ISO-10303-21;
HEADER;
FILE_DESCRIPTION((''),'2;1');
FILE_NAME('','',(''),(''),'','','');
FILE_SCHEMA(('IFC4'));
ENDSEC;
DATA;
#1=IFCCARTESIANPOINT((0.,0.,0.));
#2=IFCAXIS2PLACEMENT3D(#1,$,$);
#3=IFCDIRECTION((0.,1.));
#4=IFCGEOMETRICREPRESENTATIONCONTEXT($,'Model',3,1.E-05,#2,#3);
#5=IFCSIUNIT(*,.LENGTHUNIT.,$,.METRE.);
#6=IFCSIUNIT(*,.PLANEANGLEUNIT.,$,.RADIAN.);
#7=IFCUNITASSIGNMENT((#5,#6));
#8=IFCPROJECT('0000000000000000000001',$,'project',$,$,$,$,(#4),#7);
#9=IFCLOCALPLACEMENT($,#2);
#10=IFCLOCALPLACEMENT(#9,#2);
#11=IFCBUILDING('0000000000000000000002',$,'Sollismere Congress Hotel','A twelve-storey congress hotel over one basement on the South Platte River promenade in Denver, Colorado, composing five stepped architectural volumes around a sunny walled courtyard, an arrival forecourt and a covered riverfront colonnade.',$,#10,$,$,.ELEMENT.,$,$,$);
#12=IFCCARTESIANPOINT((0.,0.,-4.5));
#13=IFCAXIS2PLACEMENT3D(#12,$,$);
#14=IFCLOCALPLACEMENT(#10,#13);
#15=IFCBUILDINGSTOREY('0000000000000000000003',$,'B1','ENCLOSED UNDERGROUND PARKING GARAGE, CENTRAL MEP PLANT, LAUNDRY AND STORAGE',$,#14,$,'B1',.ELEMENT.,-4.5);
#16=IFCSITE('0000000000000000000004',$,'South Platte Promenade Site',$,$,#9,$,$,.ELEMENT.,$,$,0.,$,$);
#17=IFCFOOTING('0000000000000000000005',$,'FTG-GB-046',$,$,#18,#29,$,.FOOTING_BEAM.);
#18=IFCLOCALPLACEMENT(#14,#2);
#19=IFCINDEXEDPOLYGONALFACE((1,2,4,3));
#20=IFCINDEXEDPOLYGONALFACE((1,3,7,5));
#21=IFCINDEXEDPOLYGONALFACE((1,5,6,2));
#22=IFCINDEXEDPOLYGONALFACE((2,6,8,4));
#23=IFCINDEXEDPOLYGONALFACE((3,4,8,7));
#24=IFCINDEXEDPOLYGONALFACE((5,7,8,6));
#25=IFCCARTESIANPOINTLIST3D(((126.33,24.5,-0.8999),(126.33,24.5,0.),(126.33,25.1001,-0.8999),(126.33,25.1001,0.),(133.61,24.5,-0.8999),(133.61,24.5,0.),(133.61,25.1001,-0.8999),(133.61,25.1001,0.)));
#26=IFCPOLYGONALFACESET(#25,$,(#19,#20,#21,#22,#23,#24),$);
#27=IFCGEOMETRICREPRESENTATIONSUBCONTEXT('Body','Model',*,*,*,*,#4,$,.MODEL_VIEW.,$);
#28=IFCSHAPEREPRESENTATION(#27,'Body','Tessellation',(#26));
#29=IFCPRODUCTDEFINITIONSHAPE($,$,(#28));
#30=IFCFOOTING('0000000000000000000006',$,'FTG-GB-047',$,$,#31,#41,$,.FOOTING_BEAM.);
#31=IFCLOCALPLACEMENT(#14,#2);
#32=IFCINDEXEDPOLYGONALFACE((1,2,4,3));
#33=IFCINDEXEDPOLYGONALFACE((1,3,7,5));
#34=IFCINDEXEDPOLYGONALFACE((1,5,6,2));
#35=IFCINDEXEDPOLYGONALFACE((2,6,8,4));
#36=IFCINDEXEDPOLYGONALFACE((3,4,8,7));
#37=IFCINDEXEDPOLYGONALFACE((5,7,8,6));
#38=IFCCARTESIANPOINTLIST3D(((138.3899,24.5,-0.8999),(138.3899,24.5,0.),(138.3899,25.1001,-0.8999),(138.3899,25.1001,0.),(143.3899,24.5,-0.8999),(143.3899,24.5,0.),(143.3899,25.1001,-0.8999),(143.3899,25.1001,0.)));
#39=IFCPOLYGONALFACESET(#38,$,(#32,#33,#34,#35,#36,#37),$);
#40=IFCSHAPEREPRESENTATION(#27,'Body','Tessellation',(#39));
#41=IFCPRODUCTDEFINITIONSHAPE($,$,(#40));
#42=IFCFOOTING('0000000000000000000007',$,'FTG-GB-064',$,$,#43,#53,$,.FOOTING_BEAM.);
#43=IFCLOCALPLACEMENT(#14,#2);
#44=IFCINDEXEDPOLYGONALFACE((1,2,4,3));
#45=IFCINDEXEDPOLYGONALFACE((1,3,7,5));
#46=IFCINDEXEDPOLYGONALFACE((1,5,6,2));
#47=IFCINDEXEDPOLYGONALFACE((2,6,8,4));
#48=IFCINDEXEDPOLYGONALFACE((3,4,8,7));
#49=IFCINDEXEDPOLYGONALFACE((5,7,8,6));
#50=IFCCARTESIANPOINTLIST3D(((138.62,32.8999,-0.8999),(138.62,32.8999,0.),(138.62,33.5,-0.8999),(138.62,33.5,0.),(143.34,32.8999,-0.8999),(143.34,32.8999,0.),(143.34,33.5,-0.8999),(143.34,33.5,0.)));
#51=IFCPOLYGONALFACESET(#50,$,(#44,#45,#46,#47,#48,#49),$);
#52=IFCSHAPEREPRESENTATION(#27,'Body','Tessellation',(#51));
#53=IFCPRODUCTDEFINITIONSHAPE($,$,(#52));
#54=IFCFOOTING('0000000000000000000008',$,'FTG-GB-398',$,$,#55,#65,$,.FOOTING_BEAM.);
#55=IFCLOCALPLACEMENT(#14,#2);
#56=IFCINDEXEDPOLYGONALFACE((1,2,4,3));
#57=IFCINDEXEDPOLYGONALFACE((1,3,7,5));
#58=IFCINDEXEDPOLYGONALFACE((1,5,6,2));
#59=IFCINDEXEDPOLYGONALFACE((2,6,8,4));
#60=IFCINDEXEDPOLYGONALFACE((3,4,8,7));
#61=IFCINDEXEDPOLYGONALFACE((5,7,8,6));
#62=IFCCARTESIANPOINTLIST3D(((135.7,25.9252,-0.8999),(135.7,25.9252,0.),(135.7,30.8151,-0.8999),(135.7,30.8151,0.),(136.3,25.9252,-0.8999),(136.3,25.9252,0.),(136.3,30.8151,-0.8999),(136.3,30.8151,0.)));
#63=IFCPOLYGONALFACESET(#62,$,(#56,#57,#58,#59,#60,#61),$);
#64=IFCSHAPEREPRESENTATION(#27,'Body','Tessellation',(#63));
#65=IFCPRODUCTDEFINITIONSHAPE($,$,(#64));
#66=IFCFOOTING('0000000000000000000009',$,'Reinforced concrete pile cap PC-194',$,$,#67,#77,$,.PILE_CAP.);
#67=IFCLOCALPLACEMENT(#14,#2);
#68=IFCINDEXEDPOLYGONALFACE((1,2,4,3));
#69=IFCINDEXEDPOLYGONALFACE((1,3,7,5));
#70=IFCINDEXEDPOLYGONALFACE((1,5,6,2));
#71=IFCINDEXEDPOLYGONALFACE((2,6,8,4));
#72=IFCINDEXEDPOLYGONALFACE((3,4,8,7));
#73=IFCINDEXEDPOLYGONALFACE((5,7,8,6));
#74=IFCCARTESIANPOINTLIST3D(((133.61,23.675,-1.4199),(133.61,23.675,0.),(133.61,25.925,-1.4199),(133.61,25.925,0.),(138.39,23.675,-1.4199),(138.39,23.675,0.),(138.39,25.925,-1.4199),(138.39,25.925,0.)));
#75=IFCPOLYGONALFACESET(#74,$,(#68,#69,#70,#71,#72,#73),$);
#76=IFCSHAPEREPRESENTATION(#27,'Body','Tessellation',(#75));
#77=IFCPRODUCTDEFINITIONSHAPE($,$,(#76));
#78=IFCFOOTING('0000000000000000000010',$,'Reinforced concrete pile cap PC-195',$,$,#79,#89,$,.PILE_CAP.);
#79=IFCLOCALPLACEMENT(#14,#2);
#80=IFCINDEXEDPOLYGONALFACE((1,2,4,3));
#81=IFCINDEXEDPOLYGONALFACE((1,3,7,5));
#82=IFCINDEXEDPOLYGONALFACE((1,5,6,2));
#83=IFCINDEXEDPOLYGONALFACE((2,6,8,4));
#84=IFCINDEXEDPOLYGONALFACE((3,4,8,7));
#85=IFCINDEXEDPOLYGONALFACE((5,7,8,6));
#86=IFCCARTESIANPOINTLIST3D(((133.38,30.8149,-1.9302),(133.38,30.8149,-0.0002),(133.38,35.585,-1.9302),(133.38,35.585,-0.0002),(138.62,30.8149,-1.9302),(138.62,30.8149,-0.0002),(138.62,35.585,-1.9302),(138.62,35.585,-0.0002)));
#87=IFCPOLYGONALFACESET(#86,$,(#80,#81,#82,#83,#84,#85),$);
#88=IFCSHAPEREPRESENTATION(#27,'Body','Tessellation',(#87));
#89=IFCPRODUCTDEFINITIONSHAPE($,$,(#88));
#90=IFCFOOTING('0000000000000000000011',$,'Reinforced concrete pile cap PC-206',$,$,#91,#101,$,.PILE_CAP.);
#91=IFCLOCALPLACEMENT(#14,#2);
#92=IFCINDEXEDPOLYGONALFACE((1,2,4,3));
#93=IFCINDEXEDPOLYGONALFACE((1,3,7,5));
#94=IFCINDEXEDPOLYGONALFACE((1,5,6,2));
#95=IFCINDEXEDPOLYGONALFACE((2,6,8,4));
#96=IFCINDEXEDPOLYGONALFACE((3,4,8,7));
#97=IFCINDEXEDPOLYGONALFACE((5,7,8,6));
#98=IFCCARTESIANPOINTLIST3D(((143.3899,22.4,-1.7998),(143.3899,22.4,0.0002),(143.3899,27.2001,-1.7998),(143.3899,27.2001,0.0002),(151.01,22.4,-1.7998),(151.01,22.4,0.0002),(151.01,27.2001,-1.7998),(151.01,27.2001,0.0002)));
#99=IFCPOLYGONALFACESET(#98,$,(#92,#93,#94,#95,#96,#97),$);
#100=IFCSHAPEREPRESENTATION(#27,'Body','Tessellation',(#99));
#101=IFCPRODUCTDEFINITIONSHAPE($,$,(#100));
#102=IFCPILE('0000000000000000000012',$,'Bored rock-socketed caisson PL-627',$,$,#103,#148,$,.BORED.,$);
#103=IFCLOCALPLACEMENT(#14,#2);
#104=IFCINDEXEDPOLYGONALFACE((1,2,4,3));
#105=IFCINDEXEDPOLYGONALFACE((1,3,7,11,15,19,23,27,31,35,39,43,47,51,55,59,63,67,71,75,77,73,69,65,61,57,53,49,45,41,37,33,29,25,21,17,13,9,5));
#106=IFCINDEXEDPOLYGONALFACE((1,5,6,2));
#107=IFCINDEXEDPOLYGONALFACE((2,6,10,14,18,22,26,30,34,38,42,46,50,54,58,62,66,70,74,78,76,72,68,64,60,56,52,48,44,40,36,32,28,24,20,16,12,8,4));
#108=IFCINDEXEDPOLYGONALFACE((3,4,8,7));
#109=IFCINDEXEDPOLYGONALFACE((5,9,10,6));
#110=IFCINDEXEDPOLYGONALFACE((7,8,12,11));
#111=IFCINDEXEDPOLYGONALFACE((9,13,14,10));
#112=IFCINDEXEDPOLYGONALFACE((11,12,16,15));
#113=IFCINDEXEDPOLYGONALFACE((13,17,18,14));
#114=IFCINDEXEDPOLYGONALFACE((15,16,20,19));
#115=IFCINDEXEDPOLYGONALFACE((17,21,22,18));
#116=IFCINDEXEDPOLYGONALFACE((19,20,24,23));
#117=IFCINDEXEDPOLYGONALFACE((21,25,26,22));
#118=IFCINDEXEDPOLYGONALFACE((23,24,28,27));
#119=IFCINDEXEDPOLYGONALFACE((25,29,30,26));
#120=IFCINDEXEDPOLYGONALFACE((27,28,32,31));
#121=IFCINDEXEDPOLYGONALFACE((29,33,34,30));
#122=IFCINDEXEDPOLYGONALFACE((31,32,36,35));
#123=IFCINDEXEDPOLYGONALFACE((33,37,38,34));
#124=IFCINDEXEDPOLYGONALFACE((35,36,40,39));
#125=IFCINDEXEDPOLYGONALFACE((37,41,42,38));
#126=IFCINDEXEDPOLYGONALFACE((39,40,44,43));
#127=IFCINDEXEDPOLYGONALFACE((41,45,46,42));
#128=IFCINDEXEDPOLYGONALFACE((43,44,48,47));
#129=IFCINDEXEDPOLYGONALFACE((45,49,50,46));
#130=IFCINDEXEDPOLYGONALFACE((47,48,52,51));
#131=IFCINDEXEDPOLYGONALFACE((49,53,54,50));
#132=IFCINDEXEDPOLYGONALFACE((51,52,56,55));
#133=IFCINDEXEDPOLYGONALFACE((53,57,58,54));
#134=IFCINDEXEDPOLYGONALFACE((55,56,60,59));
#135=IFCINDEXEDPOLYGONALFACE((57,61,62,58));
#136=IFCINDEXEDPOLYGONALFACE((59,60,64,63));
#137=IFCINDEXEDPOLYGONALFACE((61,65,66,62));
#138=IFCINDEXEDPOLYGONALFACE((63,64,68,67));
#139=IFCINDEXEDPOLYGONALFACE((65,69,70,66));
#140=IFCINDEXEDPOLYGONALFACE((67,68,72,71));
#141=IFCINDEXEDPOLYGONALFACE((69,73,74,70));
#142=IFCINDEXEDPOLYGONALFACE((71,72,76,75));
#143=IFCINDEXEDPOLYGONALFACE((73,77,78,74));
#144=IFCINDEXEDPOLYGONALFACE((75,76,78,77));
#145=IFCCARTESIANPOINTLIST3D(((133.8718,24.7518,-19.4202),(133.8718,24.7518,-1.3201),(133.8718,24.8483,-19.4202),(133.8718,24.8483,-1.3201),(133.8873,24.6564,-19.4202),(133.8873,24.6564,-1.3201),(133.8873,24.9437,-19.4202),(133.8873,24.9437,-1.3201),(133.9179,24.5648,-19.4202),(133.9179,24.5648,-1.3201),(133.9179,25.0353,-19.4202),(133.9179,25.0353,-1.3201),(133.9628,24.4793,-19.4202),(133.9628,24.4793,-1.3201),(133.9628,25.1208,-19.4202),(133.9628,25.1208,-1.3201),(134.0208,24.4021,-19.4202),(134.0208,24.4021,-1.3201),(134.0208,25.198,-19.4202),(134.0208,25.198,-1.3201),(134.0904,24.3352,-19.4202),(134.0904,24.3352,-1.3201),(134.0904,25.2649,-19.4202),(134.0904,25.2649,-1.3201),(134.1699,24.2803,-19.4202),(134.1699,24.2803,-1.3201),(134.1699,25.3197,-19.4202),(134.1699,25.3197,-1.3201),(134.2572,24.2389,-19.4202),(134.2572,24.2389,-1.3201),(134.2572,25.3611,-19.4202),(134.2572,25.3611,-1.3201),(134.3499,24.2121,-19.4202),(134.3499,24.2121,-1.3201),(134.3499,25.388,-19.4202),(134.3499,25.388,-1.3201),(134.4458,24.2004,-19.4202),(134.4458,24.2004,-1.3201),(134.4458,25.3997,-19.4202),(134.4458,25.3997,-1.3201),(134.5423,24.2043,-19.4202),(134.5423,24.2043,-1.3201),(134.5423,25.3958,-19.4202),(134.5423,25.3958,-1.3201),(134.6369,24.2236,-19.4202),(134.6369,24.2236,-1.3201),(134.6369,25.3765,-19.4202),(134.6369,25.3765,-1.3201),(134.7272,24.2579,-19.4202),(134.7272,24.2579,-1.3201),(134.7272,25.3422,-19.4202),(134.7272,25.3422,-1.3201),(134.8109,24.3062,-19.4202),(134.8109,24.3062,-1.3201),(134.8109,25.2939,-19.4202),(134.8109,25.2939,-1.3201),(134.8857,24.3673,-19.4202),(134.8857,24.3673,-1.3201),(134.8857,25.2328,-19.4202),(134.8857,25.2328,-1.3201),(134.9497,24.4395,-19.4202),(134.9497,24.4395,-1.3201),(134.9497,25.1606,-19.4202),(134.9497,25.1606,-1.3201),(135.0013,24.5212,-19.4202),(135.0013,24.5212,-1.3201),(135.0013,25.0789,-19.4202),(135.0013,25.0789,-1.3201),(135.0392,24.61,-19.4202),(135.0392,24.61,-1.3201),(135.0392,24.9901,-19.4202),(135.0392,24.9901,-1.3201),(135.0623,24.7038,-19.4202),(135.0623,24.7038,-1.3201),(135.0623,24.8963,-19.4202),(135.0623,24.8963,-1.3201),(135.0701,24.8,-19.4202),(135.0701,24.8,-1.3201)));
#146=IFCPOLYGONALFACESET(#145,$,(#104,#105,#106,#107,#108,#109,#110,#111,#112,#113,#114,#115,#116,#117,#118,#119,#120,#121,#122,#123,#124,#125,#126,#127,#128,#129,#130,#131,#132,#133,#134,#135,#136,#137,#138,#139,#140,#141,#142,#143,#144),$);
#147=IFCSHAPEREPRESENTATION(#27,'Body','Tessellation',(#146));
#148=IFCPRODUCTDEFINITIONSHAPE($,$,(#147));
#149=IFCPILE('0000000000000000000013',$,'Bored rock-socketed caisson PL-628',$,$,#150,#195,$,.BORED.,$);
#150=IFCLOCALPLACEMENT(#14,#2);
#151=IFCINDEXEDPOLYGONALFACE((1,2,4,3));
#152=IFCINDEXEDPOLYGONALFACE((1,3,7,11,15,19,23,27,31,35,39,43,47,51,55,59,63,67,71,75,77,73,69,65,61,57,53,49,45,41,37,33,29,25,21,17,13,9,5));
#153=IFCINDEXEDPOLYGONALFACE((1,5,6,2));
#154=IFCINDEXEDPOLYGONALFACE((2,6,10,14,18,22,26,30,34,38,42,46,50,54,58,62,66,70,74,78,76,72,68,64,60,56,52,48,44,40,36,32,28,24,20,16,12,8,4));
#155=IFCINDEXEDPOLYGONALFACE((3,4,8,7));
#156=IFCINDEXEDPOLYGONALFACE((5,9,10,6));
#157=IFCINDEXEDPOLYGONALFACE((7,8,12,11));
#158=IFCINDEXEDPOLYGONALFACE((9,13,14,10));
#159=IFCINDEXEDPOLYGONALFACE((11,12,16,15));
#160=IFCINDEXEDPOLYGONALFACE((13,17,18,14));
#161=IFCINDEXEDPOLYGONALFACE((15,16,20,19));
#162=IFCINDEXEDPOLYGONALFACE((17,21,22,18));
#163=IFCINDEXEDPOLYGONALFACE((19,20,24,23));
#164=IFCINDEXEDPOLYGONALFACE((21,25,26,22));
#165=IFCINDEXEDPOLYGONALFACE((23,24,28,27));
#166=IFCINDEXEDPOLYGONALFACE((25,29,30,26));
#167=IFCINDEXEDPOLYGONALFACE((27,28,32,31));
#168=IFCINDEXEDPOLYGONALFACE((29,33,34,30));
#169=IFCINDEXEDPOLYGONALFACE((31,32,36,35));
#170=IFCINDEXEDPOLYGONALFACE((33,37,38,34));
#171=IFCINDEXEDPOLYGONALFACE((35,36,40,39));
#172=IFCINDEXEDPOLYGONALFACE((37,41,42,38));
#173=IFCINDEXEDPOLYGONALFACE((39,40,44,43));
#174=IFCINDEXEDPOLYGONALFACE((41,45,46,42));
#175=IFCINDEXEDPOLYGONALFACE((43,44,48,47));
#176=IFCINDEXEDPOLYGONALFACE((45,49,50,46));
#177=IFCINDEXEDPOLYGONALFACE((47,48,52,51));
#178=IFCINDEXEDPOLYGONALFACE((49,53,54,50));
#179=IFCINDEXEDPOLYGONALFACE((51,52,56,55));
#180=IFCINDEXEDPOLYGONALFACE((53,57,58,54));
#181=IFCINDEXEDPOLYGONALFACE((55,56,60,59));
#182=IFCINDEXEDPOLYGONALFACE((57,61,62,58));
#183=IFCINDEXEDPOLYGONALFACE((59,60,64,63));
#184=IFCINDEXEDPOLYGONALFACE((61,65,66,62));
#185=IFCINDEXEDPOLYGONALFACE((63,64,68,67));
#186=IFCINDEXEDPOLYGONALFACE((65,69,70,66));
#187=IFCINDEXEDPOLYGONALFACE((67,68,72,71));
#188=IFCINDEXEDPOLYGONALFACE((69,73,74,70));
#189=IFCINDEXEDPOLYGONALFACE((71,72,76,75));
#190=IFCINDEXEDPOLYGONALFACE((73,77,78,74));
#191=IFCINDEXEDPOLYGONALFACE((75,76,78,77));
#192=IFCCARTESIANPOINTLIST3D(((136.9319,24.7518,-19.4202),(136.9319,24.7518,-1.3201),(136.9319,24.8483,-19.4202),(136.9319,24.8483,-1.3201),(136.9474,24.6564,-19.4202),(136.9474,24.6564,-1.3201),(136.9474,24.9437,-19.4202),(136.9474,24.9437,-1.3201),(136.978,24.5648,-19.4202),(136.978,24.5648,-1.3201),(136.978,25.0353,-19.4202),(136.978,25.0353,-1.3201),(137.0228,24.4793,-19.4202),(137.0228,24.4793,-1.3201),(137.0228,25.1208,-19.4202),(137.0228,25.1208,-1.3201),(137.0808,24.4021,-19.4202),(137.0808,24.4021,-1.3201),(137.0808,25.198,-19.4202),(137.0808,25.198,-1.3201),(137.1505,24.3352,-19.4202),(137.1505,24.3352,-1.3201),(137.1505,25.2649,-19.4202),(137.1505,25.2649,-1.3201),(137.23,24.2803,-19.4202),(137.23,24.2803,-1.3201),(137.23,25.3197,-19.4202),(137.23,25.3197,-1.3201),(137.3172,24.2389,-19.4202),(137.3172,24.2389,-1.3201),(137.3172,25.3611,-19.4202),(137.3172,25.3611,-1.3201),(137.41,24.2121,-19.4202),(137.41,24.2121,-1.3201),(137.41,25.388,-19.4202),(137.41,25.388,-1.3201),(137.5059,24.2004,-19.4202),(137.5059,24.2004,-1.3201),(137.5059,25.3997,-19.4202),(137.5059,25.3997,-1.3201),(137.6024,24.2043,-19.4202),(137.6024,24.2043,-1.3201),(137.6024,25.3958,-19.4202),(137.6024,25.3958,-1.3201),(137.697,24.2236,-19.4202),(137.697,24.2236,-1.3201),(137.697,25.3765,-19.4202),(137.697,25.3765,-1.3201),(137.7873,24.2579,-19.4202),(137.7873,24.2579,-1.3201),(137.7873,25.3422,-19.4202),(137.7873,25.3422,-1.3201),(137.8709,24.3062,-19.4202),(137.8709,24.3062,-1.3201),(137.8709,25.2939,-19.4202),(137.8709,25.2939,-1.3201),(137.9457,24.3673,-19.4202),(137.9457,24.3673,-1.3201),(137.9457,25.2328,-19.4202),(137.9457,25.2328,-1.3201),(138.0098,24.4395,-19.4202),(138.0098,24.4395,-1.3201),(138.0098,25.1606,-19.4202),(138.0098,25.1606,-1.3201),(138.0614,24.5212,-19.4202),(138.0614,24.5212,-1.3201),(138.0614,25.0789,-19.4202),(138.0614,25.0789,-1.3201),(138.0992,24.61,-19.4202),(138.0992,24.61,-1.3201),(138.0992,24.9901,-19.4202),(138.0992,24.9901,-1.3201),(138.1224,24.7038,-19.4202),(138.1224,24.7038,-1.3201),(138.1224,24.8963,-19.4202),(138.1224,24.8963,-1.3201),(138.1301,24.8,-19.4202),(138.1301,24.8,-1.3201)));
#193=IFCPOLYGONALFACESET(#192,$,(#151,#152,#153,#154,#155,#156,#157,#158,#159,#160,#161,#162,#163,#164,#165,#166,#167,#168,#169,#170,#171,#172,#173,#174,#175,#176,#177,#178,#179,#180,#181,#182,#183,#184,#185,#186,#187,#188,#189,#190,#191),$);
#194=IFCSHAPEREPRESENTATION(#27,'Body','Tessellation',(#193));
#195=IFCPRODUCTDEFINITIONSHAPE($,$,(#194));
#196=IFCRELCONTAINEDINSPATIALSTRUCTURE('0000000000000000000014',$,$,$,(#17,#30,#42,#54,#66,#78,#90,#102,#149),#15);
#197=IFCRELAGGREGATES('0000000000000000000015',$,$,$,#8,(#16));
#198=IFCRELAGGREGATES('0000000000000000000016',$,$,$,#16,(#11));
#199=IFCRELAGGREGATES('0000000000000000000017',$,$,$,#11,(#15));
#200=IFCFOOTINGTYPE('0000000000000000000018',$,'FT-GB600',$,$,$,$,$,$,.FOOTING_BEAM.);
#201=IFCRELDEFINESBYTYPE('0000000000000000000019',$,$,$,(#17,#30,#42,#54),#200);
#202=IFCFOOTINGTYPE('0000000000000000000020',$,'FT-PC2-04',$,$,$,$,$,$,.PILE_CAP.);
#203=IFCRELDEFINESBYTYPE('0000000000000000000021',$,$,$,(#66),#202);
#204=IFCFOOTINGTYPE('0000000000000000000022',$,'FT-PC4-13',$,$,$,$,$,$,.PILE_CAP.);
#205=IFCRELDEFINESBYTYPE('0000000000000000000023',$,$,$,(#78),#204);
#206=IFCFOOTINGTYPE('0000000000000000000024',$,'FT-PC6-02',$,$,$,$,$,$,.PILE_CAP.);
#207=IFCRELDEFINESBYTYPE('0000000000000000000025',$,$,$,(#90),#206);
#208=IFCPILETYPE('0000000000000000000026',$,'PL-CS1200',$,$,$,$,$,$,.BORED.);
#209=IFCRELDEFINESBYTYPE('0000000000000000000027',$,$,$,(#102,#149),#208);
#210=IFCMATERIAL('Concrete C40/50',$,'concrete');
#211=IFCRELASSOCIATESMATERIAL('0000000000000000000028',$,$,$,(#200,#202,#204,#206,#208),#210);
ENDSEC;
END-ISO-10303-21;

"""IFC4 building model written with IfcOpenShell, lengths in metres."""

from ifc_helpers import new_model, si_unit, direction, frame, origin, origin_2d, place, context, subcontext, project, spatial, rectangle, circle, extrude, material, material_profile, profile_set, type_object, element, save


model = new_model("IFC4")

# Units and contexts
model_context = context("Model", 3, precision=1e-05, world=origin(), true_north=direction((0.0, 1.0)))
body_context = subcontext(model_context, "Body", "Model", "MODEL_VIEW")
ifc_project = project(units=[si_unit("LENGTHUNIT", "METRE"), si_unit("PLANEANGLEUNIT", "RADIAN")], contexts=[model_context])

# Site, building, storey
site_placement = place(None, origin())
site = spatial("IfcSite", under=ifc_project, at=site_placement, Name="South Platte Promenade Site", CompositionType="ELEMENT", RefElevation=0.0)
building_placement = place(site_placement, origin())
building = spatial("IfcBuilding", under=site, at=building_placement, Name="Sollismere Congress Hotel", Description="A twelve-storey congress hotel over one basement on the South Platte River promenade in Denver, Colorado, composing five stepped architectural volumes around a sunny walled courtyard, an arrival forecourt and a covered riverfront colonnade.", CompositionType="ELEMENT")
storey_placement = place(building_placement, frame((0.0, 0.0, -4.5)))
storey = spatial("IfcBuildingStorey", under=building, at=storey_placement, Name="B1", Description="ENCLOSED UNDERGROUND PARKING GARAGE, CENTRAL MEP PLANT, LAUNDRY AND STORAGE", LongName="B1", CompositionType="ELEMENT", Elevation=-4.5)

# Footings
ifc_material_1 = material(Name="Concrete C40/50", Category="concrete")
footing_type_1 = type_object("IfcFootingType", Name="FT-GB600", PredefinedType="FOOTING_BEAM", material=ifc_material_1)
footing_1_placement = place(storey_placement, frame((129.97, 24.8, -0.8999), z_axis=(0.0, 0.0, 1.0), x_axis=(1.0, 0.0, 0.0)))
element("IfcFooting", 1, at=footing_1_placement, inside=storey, type_object=footing_type_1, Name="FTG-GB-046", PredefinedType="FOOTING_BEAM", context=body_context, shape_type="SweptSolid", body=[
    extrude(rectangle(XDim=7.28, YDim=0.6001, at=origin_2d()), origin(), (0.0, 0.0, 1.0), 0.8999),
])
footing_2_placement = place(storey_placement, frame((140.8899, 24.8, -0.8999), z_axis=(0.0, 0.0, 1.0), x_axis=(1.0, 0.0, 0.0)))
element("IfcFooting", 2, at=footing_2_placement, inside=storey, type_object=footing_type_1, Name="FTG-GB-047", PredefinedType="FOOTING_BEAM", context=body_context, shape_type="SweptSolid", body=[
    extrude(rectangle(XDim=5.0, YDim=0.6001, at=origin_2d()), origin(), (0.0, 0.0, 1.0), 0.8999),
])
footing_3_placement = place(storey_placement, frame((140.98, 33.2, -0.8999), z_axis=(0.0, 0.0, 1.0), x_axis=(1.0, 0.0, 0.0)))
element("IfcFooting", 3, at=footing_3_placement, inside=storey, type_object=footing_type_1, Name="FTG-GB-064", PredefinedType="FOOTING_BEAM", context=body_context, shape_type="SweptSolid", body=[
    extrude(rectangle(XDim=4.72, YDim=0.6001, at=origin_2d()), origin(), (0.0, 0.0, 1.0), 0.8999),
])
footing_4_placement = place(storey_placement, frame((136.0, 28.3701, -0.8999), z_axis=(0.0, 0.0, 1.0), x_axis=(0.0, 1.0, 0.0)))
element("IfcFooting", 4, at=footing_4_placement, inside=storey, type_object=footing_type_1, Name="FTG-GB-398", PredefinedType="FOOTING_BEAM", context=body_context, shape_type="SweptSolid", body=[
    extrude(rectangle(XDim=4.8899, YDim=0.6001, at=origin_2d()), origin(), (0.0, 0.0, 1.0), 0.8999),
])
footing_type_2 = type_object("IfcFootingType", Name="FT-PC2-04", PredefinedType="PILE_CAP", material=ifc_material_1)
footing_5_placement = place(storey_placement, frame((136.0, 24.8, -1.4199), z_axis=(0.0, 0.0, 1.0), x_axis=(1.0, 0.0, 0.0)))
element("IfcFooting", 5, at=footing_5_placement, inside=storey, type_object=footing_type_2, Name="Reinforced concrete pile cap PC-194", PredefinedType="PILE_CAP", context=body_context, shape_type="SweptSolid", body=[
    extrude(rectangle(XDim=4.78, YDim=2.25, at=origin_2d()), origin(), (0.0, 0.0, 1.0), 1.4199),
])
footing_type_3 = type_object("IfcFootingType", Name="FT-PC4-13", PredefinedType="PILE_CAP", material=ifc_material_1)
footing_6_placement = place(storey_placement, frame((136.0, 33.2, -1.9302), z_axis=(0.0, 0.0, 1.0), x_axis=(1.0, 0.0, 0.0)))
element("IfcFooting", 6, at=footing_6_placement, inside=storey, type_object=footing_type_3, Name="Reinforced concrete pile cap PC-195", PredefinedType="PILE_CAP", context=body_context, shape_type="SweptSolid", body=[
    extrude(rectangle(XDim=5.24, YDim=4.77, at=origin_2d()), origin(), (0.0, 0.0, 1.0), 1.9299),
])
footing_type_4 = type_object("IfcFootingType", Name="FT-PC6-02", PredefinedType="PILE_CAP", material=ifc_material_1)
footing_7_placement = place(storey_placement, frame((147.2, 24.8, -1.7998), z_axis=(0.0, 0.0, 1.0), x_axis=(1.0, 0.0, 0.0)))
element("IfcFooting", 7, at=footing_7_placement, inside=storey, type_object=footing_type_4, Name="Reinforced concrete pile cap PC-206", PredefinedType="PILE_CAP", context=body_context, shape_type="SweptSolid", body=[
    extrude(rectangle(XDim=7.6201, YDim=4.8, at=origin_2d()), origin(), (0.0, 0.0, 1.0), 1.8),
])

# Piles
ifc_material_profile_1 = material_profile(ifc_material_1, circle(Radius=0.6001, at=origin_2d()), Name="CAISSON1200")
ifc_profile_set_1 = profile_set([ifc_material_profile_1], Name="Concrete C40/50")
pile_type = type_object("IfcPileType", Name="PL-CS1200", PredefinedType="BORED", material=ifc_profile_set_1)
for number, where, z_axis, x_axis, name in (
    (8, (134.47, 24.8, -1.3201), (0.0, 0.0, -1.0), (1.0, 0.0, 0.0), "Bored rock-socketed caisson PL-627"),
    (9, (137.53, 24.8, -1.3201), (0.0, 0.0, -1.0), (1.0, 0.0, 0.0), "Bored rock-socketed caisson PL-628"),
):
    element("IfcPile", number, at=place(storey_placement, frame(where, z_axis=z_axis, x_axis=x_axis)), inside=storey, type_object=pile_type, Name=name, PredefinedType="BORED", context=body_context, shape_type="SweptSolid", body=[
        extrude(circle(Radius=0.6001, at=origin_2d()), origin(), (0.0, 0.0, 1.0), 18.1001),
    ])

save(model, "model.ifc")
